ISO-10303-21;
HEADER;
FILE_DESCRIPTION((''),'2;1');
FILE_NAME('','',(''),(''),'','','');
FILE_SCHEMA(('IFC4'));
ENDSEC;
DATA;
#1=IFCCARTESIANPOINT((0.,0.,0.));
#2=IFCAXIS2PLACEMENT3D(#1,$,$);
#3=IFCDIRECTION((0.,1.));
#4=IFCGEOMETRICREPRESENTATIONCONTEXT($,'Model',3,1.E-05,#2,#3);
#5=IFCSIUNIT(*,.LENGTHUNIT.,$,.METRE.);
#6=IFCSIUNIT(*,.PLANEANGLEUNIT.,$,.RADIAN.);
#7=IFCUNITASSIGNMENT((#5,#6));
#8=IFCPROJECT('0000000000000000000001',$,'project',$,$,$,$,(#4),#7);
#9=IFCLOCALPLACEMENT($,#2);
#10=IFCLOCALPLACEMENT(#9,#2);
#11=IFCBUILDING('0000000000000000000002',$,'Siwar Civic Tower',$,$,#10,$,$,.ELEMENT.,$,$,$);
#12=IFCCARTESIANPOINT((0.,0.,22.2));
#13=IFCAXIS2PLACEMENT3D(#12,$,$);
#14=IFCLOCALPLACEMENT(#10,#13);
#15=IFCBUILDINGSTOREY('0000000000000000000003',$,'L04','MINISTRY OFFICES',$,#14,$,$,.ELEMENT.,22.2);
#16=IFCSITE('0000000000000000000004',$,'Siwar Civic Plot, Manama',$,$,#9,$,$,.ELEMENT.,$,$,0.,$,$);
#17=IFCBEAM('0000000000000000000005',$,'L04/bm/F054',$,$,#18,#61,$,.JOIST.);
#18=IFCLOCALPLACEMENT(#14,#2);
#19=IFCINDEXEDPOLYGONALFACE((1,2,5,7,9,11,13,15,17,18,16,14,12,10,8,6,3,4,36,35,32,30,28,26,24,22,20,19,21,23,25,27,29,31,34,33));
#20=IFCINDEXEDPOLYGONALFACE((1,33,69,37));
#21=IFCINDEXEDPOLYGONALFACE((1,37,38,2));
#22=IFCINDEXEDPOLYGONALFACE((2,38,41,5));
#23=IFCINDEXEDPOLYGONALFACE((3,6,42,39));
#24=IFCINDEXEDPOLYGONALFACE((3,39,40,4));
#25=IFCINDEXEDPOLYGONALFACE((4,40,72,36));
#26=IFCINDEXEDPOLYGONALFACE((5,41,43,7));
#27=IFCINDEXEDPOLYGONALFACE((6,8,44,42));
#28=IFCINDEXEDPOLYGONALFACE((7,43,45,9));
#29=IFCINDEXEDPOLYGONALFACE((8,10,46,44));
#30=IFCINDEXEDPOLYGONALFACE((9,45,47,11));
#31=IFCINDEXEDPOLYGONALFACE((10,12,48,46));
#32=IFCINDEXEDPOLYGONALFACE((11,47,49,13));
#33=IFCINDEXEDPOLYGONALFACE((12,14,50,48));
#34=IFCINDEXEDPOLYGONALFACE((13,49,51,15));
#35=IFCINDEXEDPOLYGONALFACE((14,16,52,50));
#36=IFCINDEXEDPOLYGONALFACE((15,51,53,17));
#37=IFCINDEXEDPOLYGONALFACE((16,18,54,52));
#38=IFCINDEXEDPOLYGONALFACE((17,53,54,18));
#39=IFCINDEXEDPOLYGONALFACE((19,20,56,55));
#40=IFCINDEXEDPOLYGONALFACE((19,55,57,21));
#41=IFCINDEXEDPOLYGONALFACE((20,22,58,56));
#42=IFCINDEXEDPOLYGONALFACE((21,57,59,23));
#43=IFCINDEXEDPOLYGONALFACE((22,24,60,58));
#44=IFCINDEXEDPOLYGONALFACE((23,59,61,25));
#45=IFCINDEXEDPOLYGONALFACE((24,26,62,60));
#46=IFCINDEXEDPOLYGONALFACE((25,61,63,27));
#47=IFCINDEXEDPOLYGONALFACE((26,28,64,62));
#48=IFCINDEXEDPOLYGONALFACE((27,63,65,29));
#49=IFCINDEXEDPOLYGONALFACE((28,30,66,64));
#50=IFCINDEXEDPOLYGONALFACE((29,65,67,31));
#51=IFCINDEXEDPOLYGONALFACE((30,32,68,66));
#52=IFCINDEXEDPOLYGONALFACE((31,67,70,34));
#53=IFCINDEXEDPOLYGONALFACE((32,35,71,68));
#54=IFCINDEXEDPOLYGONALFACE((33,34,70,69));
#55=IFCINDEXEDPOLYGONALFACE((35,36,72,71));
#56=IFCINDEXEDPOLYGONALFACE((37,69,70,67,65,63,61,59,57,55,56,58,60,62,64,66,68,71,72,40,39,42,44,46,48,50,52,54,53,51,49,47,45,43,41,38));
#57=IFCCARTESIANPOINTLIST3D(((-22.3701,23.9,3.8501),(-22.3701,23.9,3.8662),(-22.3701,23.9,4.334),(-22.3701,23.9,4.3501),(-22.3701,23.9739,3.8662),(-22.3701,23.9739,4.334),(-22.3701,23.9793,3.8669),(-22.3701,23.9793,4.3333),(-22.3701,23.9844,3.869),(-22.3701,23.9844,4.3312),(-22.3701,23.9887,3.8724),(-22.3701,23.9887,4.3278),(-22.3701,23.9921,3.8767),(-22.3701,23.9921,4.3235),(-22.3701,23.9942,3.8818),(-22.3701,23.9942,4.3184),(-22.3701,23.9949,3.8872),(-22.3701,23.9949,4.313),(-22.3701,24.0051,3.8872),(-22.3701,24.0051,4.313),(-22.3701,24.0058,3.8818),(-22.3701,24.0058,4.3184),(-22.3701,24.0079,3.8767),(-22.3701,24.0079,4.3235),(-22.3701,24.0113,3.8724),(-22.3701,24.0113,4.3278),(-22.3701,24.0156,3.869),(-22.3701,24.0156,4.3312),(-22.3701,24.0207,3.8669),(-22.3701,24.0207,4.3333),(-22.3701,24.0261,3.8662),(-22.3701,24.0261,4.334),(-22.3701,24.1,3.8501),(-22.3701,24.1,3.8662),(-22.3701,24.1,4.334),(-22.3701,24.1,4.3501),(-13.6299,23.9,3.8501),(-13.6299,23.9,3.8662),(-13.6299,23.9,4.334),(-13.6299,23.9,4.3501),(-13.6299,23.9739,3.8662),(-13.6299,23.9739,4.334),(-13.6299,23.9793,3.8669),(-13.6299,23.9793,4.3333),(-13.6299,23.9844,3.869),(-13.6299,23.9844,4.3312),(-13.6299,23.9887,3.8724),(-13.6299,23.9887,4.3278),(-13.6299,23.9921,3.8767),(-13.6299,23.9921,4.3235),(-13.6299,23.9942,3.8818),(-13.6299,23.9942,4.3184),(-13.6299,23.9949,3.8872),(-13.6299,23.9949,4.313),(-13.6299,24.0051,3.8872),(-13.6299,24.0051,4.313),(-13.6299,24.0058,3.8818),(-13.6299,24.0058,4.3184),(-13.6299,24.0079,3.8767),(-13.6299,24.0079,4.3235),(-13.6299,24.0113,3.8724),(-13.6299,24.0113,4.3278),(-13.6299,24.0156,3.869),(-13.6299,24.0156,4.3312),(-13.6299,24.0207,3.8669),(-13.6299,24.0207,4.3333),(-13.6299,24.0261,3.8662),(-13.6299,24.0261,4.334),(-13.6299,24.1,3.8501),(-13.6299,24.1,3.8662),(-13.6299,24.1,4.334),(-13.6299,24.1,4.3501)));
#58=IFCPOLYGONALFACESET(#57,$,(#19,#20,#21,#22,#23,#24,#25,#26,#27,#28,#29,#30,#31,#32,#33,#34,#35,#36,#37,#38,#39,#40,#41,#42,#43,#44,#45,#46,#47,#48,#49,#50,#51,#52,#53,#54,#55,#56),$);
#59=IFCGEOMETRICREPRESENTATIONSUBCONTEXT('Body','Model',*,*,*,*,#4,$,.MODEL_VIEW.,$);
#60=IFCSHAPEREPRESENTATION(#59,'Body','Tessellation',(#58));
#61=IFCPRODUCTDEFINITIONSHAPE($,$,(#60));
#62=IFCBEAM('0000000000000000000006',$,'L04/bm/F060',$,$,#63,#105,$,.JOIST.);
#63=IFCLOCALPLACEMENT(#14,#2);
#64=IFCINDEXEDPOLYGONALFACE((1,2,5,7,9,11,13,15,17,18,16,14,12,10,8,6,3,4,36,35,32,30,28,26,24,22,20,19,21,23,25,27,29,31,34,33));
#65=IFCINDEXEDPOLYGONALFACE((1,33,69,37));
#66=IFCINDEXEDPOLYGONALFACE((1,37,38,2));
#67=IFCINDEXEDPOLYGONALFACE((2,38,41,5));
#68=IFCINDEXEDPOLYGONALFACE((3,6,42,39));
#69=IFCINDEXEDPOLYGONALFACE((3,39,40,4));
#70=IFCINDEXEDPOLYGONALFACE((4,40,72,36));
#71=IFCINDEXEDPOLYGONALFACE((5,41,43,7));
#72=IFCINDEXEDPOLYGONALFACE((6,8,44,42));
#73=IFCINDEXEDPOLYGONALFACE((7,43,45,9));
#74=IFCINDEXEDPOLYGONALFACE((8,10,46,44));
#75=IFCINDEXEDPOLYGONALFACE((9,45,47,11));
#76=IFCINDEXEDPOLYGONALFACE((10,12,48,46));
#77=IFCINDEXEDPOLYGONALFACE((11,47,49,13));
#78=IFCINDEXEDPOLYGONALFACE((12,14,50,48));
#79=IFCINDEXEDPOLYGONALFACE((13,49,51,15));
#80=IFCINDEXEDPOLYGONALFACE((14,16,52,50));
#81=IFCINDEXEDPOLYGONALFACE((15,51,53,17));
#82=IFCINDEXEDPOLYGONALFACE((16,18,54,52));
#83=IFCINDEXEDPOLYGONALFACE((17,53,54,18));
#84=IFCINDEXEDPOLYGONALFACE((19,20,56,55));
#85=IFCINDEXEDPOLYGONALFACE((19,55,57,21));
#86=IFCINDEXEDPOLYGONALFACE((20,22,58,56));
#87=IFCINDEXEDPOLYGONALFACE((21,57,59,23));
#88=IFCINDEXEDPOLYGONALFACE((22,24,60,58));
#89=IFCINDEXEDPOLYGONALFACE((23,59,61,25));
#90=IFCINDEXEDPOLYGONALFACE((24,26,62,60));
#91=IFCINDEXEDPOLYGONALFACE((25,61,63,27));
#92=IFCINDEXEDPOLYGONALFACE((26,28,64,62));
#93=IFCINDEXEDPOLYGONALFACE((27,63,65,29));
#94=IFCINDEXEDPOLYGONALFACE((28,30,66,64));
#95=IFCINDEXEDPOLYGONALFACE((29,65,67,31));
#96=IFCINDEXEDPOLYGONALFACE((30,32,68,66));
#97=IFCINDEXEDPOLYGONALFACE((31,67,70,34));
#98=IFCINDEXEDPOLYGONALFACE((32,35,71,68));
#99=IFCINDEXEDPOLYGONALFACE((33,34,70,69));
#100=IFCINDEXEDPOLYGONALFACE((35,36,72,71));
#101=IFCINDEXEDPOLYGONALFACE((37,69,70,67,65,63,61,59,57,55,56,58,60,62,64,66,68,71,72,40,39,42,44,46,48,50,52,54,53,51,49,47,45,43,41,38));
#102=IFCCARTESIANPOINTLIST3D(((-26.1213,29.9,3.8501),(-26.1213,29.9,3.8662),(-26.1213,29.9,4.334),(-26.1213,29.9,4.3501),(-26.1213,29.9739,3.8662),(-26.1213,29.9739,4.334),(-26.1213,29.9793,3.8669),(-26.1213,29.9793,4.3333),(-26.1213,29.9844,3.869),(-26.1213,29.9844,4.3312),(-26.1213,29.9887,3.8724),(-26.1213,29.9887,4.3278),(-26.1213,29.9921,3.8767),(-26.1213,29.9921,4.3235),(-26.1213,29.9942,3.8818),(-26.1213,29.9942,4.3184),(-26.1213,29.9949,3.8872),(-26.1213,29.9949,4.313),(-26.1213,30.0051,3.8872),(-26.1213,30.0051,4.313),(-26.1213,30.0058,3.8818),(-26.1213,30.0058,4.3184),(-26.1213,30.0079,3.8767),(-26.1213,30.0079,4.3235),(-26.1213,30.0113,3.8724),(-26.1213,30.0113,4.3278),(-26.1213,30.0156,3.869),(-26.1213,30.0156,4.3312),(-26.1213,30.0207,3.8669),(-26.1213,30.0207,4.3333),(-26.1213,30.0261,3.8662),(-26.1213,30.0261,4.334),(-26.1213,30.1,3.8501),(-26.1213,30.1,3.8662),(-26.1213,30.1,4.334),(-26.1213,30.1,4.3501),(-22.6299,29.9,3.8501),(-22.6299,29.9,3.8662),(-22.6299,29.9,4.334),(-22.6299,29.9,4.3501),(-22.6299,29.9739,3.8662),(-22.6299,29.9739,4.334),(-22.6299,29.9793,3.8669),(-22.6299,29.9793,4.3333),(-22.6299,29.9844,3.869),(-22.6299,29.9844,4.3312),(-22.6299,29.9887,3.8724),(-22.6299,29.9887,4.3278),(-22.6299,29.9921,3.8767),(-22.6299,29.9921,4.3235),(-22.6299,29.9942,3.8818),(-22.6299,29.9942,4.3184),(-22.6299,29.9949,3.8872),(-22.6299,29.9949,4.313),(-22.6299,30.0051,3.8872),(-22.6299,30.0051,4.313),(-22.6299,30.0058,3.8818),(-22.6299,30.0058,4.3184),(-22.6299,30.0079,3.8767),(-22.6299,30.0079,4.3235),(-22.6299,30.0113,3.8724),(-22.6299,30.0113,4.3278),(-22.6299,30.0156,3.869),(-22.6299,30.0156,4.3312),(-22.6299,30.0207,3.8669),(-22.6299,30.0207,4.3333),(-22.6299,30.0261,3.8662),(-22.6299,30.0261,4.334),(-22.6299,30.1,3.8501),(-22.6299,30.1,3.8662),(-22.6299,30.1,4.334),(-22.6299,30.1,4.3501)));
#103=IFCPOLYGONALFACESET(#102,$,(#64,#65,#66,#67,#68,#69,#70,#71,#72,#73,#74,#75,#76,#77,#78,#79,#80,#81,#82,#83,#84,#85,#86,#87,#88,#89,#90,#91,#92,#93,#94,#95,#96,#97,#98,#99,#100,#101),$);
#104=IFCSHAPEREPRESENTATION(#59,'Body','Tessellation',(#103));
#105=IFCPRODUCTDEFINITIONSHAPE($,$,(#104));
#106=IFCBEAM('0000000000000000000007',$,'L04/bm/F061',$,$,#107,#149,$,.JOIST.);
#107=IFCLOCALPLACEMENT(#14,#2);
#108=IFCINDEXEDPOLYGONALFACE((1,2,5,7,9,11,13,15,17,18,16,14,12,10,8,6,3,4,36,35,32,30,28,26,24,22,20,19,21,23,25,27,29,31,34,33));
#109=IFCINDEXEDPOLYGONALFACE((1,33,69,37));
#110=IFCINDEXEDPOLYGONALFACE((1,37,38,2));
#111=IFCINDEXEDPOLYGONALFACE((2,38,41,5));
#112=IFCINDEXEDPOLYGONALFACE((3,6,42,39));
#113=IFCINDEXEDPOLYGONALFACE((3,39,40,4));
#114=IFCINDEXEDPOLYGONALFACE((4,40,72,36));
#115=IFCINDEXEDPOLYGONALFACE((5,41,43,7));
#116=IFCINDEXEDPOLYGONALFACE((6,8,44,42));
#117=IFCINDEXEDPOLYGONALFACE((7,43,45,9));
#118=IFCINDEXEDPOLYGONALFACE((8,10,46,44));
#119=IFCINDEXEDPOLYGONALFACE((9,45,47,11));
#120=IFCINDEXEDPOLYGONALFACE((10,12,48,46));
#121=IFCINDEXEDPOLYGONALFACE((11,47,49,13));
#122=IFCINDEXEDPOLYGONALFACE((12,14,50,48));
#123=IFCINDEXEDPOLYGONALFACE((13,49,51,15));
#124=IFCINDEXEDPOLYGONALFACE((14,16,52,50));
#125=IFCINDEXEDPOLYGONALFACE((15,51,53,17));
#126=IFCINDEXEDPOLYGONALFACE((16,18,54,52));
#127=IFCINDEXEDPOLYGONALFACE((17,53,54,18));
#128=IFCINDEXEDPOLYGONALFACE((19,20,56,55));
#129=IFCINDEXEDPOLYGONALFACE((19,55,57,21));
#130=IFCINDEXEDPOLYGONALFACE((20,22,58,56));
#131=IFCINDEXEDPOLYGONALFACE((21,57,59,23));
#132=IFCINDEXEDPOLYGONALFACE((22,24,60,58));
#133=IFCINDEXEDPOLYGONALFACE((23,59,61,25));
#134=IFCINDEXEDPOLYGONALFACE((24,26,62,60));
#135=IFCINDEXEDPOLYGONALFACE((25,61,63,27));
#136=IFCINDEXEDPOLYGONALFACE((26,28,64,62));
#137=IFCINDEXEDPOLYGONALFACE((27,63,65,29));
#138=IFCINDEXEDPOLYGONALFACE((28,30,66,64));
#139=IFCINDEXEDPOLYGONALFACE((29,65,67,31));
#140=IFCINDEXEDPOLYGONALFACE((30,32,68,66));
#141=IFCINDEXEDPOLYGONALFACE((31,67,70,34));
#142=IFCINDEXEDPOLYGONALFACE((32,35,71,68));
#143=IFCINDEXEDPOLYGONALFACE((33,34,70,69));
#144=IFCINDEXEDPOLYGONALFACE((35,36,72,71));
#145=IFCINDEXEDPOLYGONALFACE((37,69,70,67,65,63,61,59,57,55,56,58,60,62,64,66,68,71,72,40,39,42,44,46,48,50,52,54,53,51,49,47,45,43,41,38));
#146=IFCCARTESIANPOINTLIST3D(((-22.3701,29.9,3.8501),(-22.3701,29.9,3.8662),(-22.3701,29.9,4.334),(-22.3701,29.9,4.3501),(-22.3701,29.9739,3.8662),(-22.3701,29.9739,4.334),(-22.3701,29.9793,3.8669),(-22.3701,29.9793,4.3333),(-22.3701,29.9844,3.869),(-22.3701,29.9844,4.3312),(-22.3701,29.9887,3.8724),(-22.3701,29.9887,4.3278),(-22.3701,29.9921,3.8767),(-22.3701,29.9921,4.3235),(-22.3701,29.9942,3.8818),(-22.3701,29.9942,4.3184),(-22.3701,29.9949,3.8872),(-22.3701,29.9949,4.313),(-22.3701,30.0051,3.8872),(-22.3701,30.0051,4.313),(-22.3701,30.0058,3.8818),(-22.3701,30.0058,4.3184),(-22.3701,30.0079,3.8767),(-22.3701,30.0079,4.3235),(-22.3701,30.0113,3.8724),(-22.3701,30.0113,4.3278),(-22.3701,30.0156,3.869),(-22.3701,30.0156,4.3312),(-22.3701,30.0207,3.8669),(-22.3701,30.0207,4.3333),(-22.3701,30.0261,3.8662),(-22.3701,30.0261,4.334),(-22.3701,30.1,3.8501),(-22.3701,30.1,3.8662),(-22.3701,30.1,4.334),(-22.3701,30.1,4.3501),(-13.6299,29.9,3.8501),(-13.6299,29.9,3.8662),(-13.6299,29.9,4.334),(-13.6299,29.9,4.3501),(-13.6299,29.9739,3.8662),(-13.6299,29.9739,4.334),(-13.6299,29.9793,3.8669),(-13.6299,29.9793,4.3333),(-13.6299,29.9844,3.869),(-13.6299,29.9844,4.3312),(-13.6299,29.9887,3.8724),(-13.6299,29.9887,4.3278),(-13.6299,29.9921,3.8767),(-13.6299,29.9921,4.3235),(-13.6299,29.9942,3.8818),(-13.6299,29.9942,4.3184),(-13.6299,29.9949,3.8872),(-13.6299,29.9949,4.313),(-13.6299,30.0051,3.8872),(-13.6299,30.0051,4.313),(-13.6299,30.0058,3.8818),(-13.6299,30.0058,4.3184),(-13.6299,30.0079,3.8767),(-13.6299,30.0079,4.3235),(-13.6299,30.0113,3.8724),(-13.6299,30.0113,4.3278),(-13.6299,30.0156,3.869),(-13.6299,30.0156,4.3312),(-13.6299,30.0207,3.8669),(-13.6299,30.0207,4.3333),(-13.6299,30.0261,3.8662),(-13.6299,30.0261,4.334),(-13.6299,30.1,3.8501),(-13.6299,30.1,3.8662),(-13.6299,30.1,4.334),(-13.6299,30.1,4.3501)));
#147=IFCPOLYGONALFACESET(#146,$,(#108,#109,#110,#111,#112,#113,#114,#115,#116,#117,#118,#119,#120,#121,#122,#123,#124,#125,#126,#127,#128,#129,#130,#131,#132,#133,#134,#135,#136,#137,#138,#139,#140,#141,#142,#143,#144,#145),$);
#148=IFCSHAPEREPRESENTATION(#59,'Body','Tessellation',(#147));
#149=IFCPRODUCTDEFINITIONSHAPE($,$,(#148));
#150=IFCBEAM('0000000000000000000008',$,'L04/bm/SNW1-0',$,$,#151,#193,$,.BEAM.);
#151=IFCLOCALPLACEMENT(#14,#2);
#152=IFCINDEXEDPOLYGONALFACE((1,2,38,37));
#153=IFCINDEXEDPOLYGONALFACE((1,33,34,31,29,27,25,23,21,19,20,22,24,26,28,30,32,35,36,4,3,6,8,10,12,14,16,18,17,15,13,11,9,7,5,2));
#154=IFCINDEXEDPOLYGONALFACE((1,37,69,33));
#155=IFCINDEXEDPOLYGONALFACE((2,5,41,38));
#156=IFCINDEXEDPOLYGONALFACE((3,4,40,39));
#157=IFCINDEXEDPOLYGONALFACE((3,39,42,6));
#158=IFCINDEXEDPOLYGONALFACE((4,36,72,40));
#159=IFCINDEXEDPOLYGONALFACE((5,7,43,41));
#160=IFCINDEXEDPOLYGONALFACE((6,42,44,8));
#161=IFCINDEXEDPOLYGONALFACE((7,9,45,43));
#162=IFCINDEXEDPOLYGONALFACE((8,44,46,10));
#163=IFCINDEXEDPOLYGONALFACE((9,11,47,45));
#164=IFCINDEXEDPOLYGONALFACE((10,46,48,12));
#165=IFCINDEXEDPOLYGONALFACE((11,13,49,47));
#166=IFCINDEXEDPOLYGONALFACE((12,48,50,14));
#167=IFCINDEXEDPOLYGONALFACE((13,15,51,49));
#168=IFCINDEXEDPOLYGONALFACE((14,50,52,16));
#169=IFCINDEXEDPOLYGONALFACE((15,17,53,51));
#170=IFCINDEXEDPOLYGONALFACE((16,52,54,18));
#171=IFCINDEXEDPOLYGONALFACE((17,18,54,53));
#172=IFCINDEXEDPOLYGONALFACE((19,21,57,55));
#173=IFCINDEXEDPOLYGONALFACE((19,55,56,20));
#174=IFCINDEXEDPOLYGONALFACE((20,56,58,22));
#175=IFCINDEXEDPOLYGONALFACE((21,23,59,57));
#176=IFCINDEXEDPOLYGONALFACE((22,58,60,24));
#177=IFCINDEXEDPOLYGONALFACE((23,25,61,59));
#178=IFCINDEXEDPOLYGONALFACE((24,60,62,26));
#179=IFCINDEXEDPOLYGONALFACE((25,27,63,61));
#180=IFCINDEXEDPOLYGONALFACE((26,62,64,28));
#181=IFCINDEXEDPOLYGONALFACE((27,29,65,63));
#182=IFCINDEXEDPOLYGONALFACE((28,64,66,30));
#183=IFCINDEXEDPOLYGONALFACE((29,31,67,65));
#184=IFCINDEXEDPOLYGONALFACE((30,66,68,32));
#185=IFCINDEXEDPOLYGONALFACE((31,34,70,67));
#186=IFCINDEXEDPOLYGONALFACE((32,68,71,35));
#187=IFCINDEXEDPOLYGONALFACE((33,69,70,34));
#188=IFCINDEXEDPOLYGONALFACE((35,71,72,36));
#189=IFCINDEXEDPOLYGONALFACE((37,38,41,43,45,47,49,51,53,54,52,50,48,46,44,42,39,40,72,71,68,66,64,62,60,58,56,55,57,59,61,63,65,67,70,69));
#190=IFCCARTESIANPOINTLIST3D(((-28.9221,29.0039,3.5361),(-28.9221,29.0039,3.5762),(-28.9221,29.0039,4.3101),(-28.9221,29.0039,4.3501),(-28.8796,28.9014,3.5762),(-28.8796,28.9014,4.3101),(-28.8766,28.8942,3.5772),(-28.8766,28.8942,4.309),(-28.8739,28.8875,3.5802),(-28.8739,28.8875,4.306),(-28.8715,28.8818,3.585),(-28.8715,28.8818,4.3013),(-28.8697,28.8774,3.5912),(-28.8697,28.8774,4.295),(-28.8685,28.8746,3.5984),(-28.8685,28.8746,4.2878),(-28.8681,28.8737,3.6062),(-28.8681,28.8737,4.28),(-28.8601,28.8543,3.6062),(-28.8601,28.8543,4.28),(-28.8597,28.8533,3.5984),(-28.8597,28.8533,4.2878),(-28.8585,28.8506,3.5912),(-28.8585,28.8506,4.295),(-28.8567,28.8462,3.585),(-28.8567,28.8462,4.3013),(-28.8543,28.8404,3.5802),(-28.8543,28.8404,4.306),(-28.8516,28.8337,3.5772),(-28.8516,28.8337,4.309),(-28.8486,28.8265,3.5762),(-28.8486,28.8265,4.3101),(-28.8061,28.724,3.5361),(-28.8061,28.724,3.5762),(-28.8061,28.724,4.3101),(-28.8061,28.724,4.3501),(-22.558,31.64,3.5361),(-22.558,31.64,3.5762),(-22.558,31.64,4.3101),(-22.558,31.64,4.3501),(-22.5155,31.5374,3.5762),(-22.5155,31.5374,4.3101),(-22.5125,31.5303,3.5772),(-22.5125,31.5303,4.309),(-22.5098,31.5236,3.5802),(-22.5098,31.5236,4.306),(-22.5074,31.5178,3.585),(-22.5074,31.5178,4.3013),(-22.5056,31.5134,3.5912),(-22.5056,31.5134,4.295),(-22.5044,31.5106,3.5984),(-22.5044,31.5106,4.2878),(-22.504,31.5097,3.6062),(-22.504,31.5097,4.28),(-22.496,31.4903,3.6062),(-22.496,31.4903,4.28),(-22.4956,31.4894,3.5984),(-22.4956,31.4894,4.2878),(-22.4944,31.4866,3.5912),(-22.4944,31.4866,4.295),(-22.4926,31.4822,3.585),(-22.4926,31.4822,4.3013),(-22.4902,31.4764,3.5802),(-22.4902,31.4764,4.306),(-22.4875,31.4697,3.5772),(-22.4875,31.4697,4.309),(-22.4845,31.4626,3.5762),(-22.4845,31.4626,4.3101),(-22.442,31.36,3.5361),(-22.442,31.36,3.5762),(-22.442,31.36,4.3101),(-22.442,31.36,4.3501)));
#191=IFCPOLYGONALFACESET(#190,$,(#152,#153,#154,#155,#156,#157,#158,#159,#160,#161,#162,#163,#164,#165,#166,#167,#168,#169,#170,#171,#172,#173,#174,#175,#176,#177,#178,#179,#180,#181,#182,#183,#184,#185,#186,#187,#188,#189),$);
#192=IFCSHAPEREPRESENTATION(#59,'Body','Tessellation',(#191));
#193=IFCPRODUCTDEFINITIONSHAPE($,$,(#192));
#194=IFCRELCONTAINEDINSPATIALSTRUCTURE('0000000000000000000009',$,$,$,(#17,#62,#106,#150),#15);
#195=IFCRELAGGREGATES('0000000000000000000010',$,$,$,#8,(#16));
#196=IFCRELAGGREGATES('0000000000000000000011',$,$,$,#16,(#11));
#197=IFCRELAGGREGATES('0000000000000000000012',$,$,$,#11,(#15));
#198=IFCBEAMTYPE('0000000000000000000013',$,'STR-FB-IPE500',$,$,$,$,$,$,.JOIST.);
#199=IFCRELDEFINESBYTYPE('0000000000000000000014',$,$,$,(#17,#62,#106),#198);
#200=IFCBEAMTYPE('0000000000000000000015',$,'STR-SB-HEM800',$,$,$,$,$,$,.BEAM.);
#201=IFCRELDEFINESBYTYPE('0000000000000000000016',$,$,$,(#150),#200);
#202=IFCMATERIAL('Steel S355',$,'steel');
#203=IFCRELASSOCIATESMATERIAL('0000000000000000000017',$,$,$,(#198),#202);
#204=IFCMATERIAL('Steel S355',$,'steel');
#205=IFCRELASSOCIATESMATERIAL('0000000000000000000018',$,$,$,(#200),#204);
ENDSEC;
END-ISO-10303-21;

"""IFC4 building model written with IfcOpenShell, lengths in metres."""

from ifc_helpers import new_model, si_unit, direction, frame, origin, origin_2d, place, context, subcontext, project, spatial, i_section, extrude, material, material_profile, profile_set, type_object, element, save


model = new_model("IFC4")

# Units and contexts
model_context = context("Model", 3, precision=1e-05, world=origin(), true_north=direction((0.0, 1.0)))
body_context = subcontext(model_context, "Body", "Model", "MODEL_VIEW")
ifc_project = project(units=[si_unit("LENGTHUNIT", "METRE"), si_unit("PLANEANGLEUNIT", "RADIAN")], contexts=[model_context])

# Site, building, storey
site_placement = place(None, origin())
site = spatial("IfcSite", under=ifc_project, at=site_placement, Name="Siwar Civic Plot, Manama", CompositionType="ELEMENT", RefElevation=0.0)
building_placement = place(site_placement, origin())
building = spatial("IfcBuilding", under=site, at=building_placement, Name="Siwar Civic Tower", CompositionType="ELEMENT")
storey_placement = place(building_placement, frame((0.0, 0.0, 22.2)))
storey = spatial("IfcBuildingStorey", under=building, at=storey_placement, Name="L04", Description="MINISTRY OFFICES", CompositionType="ELEMENT", Elevation=22.2)

# Beams
ifc_material_1 = material(Name="Steel S355", Category="steel")
ifc_material_profile_1 = material_profile(ifc_material_1, i_section(OverallWidth=0.2, OverallDepth=0.5, WebThickness=0.0103, FlangeThickness=0.0161, FilletRadius=0.021, at=origin_2d()), Name="IPE500")
ifc_profile_set_1 = profile_set([ifc_material_profile_1], Name="Steel S355")
beam_type_1 = type_object("IfcBeamType", Name="STR-FB-IPE500", PredefinedType="JOIST", material=ifc_profile_set_1)
beam_1_placement = place(storey_placement, frame((-22.3701, 24.0, 4.1001), z_axis=(1.0, 0.0, 0.0), x_axis=(0.0, 1.0, 0.0)))
element("IfcBeam", 1, at=beam_1_placement, inside=storey, type_object=beam_type_1, Name="L04/bm/F054", PredefinedType="JOIST", context=body_context, shape_type="SweptSolid", body=[
    extrude(i_section(OverallWidth=0.2, OverallDepth=0.5, WebThickness=0.0103, FlangeThickness=0.0161, FilletRadius=0.021, at=origin_2d()), origin(), (0.0, 0.0, 1.0), 8.7402),
])
beam_2_placement = place(storey_placement, frame((-26.1213, 30.0, 4.1001), z_axis=(1.0, 0.0, 0.0), x_axis=(0.0, 1.0, 0.0)))
element("IfcBeam", 2, at=beam_2_placement, inside=storey, type_object=beam_type_1, Name="L04/bm/F060", PredefinedType="JOIST", context=body_context, shape_type="SweptSolid", body=[
    extrude(i_section(OverallWidth=0.2, OverallDepth=0.5, WebThickness=0.0103, FlangeThickness=0.0161, FilletRadius=0.021, at=origin_2d()), origin(), (0.0, 0.0, 1.0), 3.4915),
])
beam_3_placement = place(storey_placement, frame((-22.3701, 30.0, 4.1001), z_axis=(1.0, 0.0, 0.0), x_axis=(0.0, 1.0, 0.0)))
element("IfcBeam", 3, at=beam_3_placement, inside=storey, type_object=beam_type_1, Name="L04/bm/F061", PredefinedType="JOIST", context=body_context, shape_type="SweptSolid", body=[
    extrude(i_section(OverallWidth=0.2, OverallDepth=0.5, WebThickness=0.0103, FlangeThickness=0.0161, FilletRadius=0.021, at=origin_2d()), origin(), (0.0, 0.0, 1.0), 8.7402),
])
ifc_material_2 = material(Name="Steel S355", Category="steel")
ifc_material_profile_2 = material_profile(ifc_material_2, i_section(OverallWidth=0.303, OverallDepth=0.814, WebThickness=0.021, FlangeThickness=0.04, FilletRadius=0.03, at=origin_2d()), Name="HEM800")
ifc_profile_set_2 = profile_set([ifc_material_profile_2], Name="Steel S355")
beam_type_2 = type_object("IfcBeamType", Name="STR-SB-HEM800", PredefinedType="BEAM", material=ifc_profile_set_2)
for number, where, z_axis, x_axis, name in (
    (4, (-22.5, 31.5, 3.9431), (-0.923883, -0.382674, 0.0), (0.382674, -0.923883, 0.0), "L04/bm/SNW1-0"),
):
    element("IfcBeam", number, at=place(storey_placement, frame(where, z_axis=z_axis, x_axis=x_axis)), inside=storey, type_object=beam_type_2, Name=name, PredefinedType="BEAM", context=body_context, shape_type="SweptSolid", body=[
        extrude(i_section(OverallWidth=0.303, OverallDepth=0.814, WebThickness=0.021, FlangeThickness=0.04, FilletRadius=0.03, at=origin_2d()), origin(), (0.0, 0.0, 1.0), 6.8884),
    ])

save(model, "model.ifc")
